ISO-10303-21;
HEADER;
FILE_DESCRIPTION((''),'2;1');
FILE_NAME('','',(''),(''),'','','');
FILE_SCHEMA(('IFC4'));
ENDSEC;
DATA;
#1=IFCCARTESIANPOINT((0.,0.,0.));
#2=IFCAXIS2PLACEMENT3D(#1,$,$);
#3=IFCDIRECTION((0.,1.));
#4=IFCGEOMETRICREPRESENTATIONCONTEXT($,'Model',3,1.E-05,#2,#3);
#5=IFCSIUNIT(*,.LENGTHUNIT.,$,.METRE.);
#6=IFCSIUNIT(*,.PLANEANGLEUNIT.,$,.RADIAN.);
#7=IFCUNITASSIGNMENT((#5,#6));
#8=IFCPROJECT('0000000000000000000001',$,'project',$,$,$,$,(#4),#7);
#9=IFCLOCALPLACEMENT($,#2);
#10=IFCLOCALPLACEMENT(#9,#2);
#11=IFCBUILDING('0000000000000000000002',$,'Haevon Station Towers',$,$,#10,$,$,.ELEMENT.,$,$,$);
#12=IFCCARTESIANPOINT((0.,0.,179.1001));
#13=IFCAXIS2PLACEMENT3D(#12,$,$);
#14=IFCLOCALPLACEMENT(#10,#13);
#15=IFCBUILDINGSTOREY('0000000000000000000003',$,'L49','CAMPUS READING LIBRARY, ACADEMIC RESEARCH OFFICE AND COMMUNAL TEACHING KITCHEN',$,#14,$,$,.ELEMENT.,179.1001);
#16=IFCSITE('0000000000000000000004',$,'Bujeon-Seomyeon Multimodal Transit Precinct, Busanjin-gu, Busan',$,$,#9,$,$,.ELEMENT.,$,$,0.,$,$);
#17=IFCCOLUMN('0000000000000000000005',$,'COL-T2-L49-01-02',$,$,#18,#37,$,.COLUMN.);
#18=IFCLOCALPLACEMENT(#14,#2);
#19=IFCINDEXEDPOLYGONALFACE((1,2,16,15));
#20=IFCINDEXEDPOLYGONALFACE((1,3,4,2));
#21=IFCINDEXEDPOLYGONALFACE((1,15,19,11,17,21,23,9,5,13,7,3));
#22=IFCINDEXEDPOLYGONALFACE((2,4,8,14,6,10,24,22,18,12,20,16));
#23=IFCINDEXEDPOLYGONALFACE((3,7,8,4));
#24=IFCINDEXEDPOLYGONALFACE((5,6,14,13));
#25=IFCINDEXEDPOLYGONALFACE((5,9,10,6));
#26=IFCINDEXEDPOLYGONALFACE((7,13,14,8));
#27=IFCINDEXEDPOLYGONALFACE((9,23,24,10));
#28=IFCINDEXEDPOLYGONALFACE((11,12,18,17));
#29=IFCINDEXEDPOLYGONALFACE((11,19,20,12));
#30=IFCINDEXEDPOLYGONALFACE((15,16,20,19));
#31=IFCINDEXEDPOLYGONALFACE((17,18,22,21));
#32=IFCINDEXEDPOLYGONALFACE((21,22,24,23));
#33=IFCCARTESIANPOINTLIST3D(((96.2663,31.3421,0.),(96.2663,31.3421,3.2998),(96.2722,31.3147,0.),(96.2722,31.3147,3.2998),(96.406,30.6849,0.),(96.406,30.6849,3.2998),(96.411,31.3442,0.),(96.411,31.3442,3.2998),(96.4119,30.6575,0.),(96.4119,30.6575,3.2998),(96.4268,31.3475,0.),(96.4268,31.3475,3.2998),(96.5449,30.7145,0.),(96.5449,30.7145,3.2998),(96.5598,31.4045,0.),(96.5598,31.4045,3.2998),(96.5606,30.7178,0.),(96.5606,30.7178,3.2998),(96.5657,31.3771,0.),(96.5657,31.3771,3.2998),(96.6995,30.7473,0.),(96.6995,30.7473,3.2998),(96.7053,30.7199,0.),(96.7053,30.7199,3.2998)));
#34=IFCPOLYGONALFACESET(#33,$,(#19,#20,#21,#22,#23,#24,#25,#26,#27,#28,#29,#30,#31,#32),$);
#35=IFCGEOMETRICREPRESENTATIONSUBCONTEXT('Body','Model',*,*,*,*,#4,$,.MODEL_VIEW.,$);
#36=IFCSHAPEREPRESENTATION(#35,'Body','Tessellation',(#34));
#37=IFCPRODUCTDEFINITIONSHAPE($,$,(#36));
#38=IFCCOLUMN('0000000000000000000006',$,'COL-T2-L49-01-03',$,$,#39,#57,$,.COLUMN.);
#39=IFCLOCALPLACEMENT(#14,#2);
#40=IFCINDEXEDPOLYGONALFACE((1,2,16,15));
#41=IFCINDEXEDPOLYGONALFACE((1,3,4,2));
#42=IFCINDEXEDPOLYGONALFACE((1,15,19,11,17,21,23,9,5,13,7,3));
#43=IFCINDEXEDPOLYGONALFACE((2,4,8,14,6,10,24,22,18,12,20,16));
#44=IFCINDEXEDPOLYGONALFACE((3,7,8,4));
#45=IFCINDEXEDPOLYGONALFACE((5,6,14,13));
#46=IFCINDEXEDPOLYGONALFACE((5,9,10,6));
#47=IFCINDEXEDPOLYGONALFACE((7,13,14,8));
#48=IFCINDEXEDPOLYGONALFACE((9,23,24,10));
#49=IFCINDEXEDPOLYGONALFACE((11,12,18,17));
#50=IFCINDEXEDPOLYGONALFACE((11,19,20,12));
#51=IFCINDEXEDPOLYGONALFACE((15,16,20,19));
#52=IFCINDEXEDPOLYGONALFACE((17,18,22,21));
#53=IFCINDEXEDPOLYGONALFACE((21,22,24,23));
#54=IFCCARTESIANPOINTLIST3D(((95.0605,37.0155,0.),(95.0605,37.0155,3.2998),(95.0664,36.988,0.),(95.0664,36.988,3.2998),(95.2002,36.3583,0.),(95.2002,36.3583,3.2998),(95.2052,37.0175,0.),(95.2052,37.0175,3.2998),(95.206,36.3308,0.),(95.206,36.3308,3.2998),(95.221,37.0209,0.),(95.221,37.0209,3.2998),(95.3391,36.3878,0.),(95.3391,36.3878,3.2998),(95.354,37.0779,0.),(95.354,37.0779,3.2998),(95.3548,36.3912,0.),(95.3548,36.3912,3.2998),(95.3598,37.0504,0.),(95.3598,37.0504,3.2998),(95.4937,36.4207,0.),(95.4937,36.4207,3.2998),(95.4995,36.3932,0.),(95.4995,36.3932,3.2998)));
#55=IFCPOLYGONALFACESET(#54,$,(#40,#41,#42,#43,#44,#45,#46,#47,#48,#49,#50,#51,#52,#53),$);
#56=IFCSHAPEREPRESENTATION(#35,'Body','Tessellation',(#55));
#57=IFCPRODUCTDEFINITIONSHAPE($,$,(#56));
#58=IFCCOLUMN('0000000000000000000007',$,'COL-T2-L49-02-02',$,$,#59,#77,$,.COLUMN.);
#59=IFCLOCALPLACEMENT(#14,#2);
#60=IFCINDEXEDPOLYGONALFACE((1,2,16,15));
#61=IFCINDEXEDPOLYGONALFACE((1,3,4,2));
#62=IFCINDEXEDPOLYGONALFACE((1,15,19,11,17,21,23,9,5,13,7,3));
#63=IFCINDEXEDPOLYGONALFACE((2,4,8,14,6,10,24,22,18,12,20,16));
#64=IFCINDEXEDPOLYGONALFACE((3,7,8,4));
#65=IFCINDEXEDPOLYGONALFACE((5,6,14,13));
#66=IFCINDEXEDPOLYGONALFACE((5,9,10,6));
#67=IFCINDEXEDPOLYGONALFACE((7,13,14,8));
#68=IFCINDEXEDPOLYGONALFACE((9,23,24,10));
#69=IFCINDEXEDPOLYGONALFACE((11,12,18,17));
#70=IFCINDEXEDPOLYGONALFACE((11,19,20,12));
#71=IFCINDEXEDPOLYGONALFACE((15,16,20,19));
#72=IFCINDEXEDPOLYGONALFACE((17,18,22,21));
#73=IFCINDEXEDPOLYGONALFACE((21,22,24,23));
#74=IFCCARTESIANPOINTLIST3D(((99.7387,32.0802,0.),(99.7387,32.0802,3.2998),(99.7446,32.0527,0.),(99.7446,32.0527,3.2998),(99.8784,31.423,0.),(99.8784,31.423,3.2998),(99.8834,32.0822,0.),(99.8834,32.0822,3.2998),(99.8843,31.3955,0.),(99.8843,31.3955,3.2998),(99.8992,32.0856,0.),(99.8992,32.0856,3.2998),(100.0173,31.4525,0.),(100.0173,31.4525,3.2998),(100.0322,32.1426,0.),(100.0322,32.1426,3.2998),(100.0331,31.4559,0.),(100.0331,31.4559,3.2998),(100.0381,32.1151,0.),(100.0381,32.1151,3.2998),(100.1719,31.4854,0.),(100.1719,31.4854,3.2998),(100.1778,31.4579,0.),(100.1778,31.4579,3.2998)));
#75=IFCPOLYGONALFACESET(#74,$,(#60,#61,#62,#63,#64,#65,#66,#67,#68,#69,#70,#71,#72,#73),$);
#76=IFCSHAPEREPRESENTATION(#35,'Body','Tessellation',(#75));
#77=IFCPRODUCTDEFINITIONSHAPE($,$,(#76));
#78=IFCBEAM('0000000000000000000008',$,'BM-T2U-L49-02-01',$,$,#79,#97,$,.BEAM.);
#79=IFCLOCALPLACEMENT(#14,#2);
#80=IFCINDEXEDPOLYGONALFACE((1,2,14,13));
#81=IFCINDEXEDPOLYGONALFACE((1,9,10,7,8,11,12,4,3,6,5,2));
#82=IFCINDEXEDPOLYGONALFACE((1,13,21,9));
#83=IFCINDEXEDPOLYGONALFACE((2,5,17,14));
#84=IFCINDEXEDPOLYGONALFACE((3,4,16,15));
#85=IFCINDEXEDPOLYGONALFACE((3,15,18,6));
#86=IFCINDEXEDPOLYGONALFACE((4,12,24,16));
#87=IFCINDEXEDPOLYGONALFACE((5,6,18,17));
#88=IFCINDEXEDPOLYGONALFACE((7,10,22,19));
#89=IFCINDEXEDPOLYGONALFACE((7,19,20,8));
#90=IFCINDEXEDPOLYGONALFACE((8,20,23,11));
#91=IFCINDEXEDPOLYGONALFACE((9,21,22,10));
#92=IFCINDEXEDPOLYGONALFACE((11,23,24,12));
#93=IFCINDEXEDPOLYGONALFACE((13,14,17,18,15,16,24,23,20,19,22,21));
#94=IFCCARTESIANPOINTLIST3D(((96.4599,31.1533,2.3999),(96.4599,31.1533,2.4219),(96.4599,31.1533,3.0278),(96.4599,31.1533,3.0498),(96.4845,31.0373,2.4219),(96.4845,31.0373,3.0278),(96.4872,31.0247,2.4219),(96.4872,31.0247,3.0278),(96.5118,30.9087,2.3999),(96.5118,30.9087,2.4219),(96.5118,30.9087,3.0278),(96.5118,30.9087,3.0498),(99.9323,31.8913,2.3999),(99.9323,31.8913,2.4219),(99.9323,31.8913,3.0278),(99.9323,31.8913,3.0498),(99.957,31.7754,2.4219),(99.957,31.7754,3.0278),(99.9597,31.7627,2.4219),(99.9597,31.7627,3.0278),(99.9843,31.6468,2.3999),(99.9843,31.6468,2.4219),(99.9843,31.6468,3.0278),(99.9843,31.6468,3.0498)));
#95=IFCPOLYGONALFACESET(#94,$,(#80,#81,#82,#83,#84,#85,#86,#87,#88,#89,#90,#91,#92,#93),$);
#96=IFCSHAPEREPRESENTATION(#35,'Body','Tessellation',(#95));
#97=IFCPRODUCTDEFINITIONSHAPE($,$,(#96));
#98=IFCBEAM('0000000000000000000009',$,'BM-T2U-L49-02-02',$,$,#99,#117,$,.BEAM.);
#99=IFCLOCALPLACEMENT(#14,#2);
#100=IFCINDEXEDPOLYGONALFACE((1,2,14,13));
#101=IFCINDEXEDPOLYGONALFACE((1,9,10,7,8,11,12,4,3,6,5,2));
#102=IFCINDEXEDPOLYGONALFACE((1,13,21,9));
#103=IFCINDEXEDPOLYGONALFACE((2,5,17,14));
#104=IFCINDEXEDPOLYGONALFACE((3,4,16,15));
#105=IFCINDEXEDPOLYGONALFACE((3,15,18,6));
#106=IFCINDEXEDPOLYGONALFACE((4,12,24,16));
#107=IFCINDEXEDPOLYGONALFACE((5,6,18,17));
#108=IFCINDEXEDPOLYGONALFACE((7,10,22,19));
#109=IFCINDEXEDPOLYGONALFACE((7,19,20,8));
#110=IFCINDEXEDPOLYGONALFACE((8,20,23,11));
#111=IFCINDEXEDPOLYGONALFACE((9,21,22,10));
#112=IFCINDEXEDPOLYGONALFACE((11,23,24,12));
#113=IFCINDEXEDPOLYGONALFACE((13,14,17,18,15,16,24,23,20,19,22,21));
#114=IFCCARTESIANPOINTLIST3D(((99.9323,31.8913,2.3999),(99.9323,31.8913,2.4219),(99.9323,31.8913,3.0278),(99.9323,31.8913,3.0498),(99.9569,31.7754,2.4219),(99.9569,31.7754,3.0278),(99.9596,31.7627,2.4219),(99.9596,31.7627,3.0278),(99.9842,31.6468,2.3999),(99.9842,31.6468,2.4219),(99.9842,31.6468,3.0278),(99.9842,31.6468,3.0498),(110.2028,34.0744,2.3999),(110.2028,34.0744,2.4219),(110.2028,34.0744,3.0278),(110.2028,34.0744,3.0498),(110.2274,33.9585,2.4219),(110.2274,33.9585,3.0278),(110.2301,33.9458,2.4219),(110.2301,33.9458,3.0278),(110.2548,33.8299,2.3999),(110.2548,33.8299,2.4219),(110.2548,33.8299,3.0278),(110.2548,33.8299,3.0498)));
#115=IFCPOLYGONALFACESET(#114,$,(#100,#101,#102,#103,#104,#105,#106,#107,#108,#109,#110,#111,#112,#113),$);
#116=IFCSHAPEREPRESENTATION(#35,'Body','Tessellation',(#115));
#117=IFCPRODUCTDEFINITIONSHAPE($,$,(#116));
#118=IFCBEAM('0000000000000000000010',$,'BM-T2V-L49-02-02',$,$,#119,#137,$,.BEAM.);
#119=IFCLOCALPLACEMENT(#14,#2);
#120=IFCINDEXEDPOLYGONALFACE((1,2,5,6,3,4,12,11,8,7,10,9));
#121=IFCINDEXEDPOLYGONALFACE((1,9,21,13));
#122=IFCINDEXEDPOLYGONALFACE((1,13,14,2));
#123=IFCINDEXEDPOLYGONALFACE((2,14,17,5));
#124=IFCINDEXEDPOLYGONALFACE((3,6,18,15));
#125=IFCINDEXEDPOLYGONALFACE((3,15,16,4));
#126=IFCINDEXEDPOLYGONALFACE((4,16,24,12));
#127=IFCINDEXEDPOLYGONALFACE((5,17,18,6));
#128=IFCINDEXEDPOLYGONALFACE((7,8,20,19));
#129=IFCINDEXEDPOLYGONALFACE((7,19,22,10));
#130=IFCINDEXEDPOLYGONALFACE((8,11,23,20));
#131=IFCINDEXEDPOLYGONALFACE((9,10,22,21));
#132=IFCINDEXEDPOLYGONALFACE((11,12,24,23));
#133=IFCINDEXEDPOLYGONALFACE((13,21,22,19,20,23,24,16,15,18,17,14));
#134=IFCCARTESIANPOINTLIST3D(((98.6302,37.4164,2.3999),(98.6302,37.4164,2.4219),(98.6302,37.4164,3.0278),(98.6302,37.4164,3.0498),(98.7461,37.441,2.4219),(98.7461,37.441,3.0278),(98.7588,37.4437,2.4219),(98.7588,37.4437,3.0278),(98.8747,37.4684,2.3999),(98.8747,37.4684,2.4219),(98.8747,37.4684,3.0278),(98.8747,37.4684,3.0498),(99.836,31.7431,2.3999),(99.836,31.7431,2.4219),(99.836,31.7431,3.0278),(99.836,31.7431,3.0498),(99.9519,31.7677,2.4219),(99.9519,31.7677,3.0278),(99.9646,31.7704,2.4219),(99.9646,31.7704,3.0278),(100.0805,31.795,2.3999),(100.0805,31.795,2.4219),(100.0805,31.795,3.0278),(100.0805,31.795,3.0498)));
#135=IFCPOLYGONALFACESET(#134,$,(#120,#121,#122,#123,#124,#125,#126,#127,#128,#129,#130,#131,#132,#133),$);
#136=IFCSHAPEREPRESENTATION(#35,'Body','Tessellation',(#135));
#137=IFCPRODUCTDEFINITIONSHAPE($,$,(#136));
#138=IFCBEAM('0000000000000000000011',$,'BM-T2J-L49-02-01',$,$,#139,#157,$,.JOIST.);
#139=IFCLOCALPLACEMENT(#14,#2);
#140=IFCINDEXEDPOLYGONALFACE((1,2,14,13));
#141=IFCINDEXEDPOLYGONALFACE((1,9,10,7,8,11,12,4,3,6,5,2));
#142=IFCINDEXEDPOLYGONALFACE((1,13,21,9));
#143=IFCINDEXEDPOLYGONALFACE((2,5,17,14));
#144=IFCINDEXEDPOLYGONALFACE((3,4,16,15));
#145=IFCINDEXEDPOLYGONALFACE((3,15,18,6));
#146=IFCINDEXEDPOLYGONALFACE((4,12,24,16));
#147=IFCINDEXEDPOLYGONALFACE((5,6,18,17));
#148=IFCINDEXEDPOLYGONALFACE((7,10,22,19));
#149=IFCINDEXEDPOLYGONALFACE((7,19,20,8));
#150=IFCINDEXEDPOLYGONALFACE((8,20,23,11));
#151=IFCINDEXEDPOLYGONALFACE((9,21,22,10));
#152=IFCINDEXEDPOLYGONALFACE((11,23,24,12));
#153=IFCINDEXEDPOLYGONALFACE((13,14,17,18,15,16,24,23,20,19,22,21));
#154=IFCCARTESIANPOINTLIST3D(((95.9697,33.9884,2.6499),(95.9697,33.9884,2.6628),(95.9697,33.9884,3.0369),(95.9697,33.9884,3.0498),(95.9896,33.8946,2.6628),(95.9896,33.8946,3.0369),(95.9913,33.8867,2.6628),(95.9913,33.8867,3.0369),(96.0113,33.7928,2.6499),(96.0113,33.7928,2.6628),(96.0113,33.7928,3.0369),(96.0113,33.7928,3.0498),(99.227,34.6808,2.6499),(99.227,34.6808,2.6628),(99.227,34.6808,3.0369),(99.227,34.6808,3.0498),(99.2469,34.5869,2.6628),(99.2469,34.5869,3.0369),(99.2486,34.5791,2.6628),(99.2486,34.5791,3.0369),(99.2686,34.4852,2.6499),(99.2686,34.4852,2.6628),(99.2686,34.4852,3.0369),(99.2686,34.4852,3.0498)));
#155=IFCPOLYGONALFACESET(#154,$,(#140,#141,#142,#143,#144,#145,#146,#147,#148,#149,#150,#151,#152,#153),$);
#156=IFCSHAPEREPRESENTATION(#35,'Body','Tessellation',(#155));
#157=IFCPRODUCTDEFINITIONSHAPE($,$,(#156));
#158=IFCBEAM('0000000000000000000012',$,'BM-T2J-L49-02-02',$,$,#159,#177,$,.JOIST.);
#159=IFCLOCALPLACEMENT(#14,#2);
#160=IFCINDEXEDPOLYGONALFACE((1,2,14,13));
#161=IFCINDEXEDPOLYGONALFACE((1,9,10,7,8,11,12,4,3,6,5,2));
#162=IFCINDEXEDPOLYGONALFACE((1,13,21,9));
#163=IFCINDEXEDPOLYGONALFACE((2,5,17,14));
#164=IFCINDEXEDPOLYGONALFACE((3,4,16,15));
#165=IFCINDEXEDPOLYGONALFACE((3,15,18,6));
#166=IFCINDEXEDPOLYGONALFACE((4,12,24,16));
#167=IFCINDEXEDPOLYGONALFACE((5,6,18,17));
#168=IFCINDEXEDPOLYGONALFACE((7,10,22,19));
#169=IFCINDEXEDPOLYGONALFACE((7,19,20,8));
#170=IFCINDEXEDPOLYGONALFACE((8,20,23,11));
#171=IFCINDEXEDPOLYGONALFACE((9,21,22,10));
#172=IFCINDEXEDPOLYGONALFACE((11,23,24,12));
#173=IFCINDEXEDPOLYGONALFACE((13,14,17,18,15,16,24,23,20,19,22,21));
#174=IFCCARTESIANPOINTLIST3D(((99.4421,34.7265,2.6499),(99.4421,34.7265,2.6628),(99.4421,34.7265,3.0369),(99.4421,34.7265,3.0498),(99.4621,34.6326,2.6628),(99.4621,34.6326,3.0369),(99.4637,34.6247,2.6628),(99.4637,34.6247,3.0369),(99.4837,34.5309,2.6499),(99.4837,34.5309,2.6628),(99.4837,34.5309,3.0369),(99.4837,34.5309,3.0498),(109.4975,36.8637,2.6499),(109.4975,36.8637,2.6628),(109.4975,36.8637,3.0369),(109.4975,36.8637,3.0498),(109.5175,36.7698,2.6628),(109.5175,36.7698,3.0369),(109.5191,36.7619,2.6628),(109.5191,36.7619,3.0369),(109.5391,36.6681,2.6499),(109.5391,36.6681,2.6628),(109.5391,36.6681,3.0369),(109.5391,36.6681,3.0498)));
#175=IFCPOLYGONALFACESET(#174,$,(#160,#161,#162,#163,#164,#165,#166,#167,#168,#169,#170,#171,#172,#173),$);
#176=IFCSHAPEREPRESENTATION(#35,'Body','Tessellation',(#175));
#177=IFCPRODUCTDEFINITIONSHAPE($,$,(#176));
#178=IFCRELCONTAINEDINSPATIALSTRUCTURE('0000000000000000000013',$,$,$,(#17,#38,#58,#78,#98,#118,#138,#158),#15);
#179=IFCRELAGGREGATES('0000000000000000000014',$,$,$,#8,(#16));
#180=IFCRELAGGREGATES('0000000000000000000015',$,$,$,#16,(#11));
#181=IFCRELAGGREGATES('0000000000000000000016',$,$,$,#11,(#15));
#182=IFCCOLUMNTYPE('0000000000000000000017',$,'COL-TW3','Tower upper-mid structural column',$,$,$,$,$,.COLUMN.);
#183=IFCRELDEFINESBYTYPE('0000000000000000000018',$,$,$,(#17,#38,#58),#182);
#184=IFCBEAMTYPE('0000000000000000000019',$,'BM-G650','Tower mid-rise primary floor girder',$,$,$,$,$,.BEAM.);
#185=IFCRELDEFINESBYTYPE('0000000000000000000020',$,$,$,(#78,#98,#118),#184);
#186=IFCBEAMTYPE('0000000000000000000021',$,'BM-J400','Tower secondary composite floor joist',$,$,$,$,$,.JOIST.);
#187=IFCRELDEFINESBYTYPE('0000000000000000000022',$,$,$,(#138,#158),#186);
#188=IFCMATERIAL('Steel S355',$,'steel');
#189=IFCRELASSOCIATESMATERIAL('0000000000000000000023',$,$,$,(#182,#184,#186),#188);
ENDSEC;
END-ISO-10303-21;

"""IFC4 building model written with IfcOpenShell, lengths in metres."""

from ifc_helpers import new_model, si_unit, direction, frame, origin, origin_2d, place, context, subcontext, project, spatial, i_section, extrude, material, material_profile, profile_set, type_object, element, save


model = new_model("IFC4")

# Units and contexts
model_context = context("Model", 3, precision=1e-05, world=origin(), true_north=direction((0.0, 1.0)))
body_context = subcontext(model_context, "Body", "Model", "MODEL_VIEW")
ifc_project = project(units=[si_unit("LENGTHUNIT", "METRE"), si_unit("PLANEANGLEUNIT", "RADIAN")], contexts=[model_context])

# Site, building, storey
site_placement = place(None, origin())
site = spatial("IfcSite", under=ifc_project, at=site_placement, Name="Bujeon-Seomyeon Multimodal Transit Precinct, Busanjin-gu, Busan", CompositionType="ELEMENT", RefElevation=0.0)
building_placement = place(site_placement, origin())
building = spatial("IfcBuilding", under=site, at=building_placement, Name="Haevon Station Towers", CompositionType="ELEMENT")
storey_placement = place(building_placement, frame((0.0, 0.0, 179.1001)))
storey = spatial("IfcBuildingStorey", under=building, at=storey_placement, Name="L49", Description="CAMPUS READING LIBRARY, ACADEMIC RESEARCH OFFICE AND COMMUNAL TEACHING KITCHEN", CompositionType="ELEMENT", Elevation=179.1001)

# Columns
ifc_material_1 = material(Name="Steel S355", Category="steel")
ifc_material_profile_1 = material_profile(ifc_material_1, i_section(OverallWidth=0.3, OverallDepth=0.7, WebThickness=0.0161, FlangeThickness=0.0281, at=origin_2d()), Name="H-700x300x16x28")
ifc_profile_set_1 = profile_set([ifc_material_profile_1], Name="Steel S355")
column_type = type_object("IfcColumnType", Name="COL-TW3", Description="Tower upper-mid structural column", PredefinedType="COLUMN", material=ifc_profile_set_1)
for number, where, z_axis, x_axis, name in (
    (1, (96.4858, 31.031, 0.0), (0.0, 0.0, 1.0), (0.978148, 0.207912, 0.0), "COL-T2-L49-01-02"),
    (2, (95.28, 36.7043, 0.0), (0.0, 0.0, 1.0), (0.978148, 0.207912, 0.0), "COL-T2-L49-01-03"),
    (3, (99.9583, 31.769, 0.0), (0.0, 0.0, 1.0), (0.978148, 0.207912, 0.0), "COL-T2-L49-02-02"),
):
    element("IfcColumn", number, at=place(storey_placement, frame(where, z_axis=z_axis, x_axis=x_axis)), inside=storey, type_object=column_type, Name=name, PredefinedType="COLUMN", context=body_context, shape_type="SweptSolid", body=[
        extrude(i_section(OverallWidth=0.3, OverallDepth=0.7, WebThickness=0.0161, FlangeThickness=0.0281, at=origin_2d()), origin(), (0.0, 0.0, 1.0), 3.2998),
    ])

# Beams
ifc_material_profile_2 = material_profile(ifc_material_1, i_section(OverallWidth=0.25, OverallDepth=0.6499, WebThickness=0.0129, FlangeThickness=0.022, at=origin_2d()), Name="H-650x250x13x22")
ifc_profile_set_2 = profile_set([ifc_material_profile_2], Name="Steel S355")
beam_type_1 = type_object("IfcBeamType", Name="BM-G650", Description="Tower mid-rise primary floor girder", PredefinedType="BEAM", material=ifc_profile_set_2)
beam_1_placement = place(storey_placement, frame((96.4858, 31.031, 2.7249), z_axis=(0.97815, 0.207899, 0.0), x_axis=(-0.207899, 0.97815, 0.0)))
element("IfcBeam", 4, at=beam_1_placement, inside=storey, type_object=beam_type_1, Name="BM-T2U-L49-02-01", PredefinedType="BEAM", context=body_context, shape_type="SweptSolid", body=[
    extrude(i_section(OverallWidth=0.25, OverallDepth=0.6499, WebThickness=0.0129, FlangeThickness=0.022, at=origin_2d()), origin(), (0.0, 0.0, 1.0), 3.55),
])
beam_2_placement = place(storey_placement, frame((99.9583, 31.769, 2.7249), z_axis=(0.978147, 0.207915, 0.0), x_axis=(-0.207915, 0.978147, 0.0)))
element("IfcBeam", 5, at=beam_2_placement, inside=storey, type_object=beam_type_1, Name="BM-T2U-L49-02-02", PredefinedType="BEAM", context=body_context, shape_type="SweptSolid", body=[
    extrude(i_section(OverallWidth=0.25, OverallDepth=0.6499, WebThickness=0.0129, FlangeThickness=0.022, at=origin_2d()), origin(), (0.0, 0.0, 1.0), 10.5),
])
beam_3_placement = place(storey_placement, frame((99.9583, 31.769, 2.7249), z_axis=(-0.207896, 0.978151, 0.0), x_axis=(-0.978151, -0.207896, 0.0)))
element("IfcBeam", 6, at=beam_3_placement, inside=storey, type_object=beam_type_1, Name="BM-T2V-L49-02-02", PredefinedType="BEAM", context=body_context, shape_type="SweptSolid", body=[
    extrude(i_section(OverallWidth=0.25, OverallDepth=0.6499, WebThickness=0.0129, FlangeThickness=0.022, at=origin_2d()), origin(), (0.0, 0.0, 1.0), 5.8),
])
ifc_material_profile_3 = material_profile(ifc_material_1, i_section(OverallWidth=0.2, OverallDepth=0.3999, WebThickness=0.0081, FlangeThickness=0.0129, at=origin_2d()), Name="H-400x200x8x13")
ifc_profile_set_3 = profile_set([ifc_material_profile_3], Name="Steel S355")
beam_type_2 = type_object("IfcBeamType", Name="BM-J400", Description="Tower secondary composite floor joist", PredefinedType="JOIST", material=ifc_profile_set_3)
beam_4_placement = place(storey_placement, frame((95.9905, 33.8906, 2.8499), z_axis=(0.978147, 0.207917, 0.0), x_axis=(-0.207917, 0.978147, 0.0)))
element("IfcBeam", 7, at=beam_4_placement, inside=storey, type_object=beam_type_2, Name="BM-T2J-L49-02-01", PredefinedType="JOIST", context=body_context, shape_type="SweptSolid", body=[
    extrude(i_section(OverallWidth=0.2, OverallDepth=0.3999, WebThickness=0.0081, FlangeThickness=0.0129, at=origin_2d()), origin(), (0.0, 0.0, 1.0), 3.3301),
])
beam_5_placement = place(storey_placement, frame((99.4629, 34.6287, 2.8499), z_axis=(0.97815, 0.207899, 0.0), x_axis=(-0.207899, 0.97815, 0.0)))
element("IfcBeam", 8, at=beam_5_placement, inside=storey, type_object=beam_type_2, Name="BM-T2J-L49-02-02", PredefinedType="JOIST", context=body_context, shape_type="SweptSolid", body=[
    extrude(i_section(OverallWidth=0.2, OverallDepth=0.3999, WebThickness=0.0081, FlangeThickness=0.0129, at=origin_2d()), origin(), (0.0, 0.0, 1.0), 10.28),
])

save(model, "model.ifc")
